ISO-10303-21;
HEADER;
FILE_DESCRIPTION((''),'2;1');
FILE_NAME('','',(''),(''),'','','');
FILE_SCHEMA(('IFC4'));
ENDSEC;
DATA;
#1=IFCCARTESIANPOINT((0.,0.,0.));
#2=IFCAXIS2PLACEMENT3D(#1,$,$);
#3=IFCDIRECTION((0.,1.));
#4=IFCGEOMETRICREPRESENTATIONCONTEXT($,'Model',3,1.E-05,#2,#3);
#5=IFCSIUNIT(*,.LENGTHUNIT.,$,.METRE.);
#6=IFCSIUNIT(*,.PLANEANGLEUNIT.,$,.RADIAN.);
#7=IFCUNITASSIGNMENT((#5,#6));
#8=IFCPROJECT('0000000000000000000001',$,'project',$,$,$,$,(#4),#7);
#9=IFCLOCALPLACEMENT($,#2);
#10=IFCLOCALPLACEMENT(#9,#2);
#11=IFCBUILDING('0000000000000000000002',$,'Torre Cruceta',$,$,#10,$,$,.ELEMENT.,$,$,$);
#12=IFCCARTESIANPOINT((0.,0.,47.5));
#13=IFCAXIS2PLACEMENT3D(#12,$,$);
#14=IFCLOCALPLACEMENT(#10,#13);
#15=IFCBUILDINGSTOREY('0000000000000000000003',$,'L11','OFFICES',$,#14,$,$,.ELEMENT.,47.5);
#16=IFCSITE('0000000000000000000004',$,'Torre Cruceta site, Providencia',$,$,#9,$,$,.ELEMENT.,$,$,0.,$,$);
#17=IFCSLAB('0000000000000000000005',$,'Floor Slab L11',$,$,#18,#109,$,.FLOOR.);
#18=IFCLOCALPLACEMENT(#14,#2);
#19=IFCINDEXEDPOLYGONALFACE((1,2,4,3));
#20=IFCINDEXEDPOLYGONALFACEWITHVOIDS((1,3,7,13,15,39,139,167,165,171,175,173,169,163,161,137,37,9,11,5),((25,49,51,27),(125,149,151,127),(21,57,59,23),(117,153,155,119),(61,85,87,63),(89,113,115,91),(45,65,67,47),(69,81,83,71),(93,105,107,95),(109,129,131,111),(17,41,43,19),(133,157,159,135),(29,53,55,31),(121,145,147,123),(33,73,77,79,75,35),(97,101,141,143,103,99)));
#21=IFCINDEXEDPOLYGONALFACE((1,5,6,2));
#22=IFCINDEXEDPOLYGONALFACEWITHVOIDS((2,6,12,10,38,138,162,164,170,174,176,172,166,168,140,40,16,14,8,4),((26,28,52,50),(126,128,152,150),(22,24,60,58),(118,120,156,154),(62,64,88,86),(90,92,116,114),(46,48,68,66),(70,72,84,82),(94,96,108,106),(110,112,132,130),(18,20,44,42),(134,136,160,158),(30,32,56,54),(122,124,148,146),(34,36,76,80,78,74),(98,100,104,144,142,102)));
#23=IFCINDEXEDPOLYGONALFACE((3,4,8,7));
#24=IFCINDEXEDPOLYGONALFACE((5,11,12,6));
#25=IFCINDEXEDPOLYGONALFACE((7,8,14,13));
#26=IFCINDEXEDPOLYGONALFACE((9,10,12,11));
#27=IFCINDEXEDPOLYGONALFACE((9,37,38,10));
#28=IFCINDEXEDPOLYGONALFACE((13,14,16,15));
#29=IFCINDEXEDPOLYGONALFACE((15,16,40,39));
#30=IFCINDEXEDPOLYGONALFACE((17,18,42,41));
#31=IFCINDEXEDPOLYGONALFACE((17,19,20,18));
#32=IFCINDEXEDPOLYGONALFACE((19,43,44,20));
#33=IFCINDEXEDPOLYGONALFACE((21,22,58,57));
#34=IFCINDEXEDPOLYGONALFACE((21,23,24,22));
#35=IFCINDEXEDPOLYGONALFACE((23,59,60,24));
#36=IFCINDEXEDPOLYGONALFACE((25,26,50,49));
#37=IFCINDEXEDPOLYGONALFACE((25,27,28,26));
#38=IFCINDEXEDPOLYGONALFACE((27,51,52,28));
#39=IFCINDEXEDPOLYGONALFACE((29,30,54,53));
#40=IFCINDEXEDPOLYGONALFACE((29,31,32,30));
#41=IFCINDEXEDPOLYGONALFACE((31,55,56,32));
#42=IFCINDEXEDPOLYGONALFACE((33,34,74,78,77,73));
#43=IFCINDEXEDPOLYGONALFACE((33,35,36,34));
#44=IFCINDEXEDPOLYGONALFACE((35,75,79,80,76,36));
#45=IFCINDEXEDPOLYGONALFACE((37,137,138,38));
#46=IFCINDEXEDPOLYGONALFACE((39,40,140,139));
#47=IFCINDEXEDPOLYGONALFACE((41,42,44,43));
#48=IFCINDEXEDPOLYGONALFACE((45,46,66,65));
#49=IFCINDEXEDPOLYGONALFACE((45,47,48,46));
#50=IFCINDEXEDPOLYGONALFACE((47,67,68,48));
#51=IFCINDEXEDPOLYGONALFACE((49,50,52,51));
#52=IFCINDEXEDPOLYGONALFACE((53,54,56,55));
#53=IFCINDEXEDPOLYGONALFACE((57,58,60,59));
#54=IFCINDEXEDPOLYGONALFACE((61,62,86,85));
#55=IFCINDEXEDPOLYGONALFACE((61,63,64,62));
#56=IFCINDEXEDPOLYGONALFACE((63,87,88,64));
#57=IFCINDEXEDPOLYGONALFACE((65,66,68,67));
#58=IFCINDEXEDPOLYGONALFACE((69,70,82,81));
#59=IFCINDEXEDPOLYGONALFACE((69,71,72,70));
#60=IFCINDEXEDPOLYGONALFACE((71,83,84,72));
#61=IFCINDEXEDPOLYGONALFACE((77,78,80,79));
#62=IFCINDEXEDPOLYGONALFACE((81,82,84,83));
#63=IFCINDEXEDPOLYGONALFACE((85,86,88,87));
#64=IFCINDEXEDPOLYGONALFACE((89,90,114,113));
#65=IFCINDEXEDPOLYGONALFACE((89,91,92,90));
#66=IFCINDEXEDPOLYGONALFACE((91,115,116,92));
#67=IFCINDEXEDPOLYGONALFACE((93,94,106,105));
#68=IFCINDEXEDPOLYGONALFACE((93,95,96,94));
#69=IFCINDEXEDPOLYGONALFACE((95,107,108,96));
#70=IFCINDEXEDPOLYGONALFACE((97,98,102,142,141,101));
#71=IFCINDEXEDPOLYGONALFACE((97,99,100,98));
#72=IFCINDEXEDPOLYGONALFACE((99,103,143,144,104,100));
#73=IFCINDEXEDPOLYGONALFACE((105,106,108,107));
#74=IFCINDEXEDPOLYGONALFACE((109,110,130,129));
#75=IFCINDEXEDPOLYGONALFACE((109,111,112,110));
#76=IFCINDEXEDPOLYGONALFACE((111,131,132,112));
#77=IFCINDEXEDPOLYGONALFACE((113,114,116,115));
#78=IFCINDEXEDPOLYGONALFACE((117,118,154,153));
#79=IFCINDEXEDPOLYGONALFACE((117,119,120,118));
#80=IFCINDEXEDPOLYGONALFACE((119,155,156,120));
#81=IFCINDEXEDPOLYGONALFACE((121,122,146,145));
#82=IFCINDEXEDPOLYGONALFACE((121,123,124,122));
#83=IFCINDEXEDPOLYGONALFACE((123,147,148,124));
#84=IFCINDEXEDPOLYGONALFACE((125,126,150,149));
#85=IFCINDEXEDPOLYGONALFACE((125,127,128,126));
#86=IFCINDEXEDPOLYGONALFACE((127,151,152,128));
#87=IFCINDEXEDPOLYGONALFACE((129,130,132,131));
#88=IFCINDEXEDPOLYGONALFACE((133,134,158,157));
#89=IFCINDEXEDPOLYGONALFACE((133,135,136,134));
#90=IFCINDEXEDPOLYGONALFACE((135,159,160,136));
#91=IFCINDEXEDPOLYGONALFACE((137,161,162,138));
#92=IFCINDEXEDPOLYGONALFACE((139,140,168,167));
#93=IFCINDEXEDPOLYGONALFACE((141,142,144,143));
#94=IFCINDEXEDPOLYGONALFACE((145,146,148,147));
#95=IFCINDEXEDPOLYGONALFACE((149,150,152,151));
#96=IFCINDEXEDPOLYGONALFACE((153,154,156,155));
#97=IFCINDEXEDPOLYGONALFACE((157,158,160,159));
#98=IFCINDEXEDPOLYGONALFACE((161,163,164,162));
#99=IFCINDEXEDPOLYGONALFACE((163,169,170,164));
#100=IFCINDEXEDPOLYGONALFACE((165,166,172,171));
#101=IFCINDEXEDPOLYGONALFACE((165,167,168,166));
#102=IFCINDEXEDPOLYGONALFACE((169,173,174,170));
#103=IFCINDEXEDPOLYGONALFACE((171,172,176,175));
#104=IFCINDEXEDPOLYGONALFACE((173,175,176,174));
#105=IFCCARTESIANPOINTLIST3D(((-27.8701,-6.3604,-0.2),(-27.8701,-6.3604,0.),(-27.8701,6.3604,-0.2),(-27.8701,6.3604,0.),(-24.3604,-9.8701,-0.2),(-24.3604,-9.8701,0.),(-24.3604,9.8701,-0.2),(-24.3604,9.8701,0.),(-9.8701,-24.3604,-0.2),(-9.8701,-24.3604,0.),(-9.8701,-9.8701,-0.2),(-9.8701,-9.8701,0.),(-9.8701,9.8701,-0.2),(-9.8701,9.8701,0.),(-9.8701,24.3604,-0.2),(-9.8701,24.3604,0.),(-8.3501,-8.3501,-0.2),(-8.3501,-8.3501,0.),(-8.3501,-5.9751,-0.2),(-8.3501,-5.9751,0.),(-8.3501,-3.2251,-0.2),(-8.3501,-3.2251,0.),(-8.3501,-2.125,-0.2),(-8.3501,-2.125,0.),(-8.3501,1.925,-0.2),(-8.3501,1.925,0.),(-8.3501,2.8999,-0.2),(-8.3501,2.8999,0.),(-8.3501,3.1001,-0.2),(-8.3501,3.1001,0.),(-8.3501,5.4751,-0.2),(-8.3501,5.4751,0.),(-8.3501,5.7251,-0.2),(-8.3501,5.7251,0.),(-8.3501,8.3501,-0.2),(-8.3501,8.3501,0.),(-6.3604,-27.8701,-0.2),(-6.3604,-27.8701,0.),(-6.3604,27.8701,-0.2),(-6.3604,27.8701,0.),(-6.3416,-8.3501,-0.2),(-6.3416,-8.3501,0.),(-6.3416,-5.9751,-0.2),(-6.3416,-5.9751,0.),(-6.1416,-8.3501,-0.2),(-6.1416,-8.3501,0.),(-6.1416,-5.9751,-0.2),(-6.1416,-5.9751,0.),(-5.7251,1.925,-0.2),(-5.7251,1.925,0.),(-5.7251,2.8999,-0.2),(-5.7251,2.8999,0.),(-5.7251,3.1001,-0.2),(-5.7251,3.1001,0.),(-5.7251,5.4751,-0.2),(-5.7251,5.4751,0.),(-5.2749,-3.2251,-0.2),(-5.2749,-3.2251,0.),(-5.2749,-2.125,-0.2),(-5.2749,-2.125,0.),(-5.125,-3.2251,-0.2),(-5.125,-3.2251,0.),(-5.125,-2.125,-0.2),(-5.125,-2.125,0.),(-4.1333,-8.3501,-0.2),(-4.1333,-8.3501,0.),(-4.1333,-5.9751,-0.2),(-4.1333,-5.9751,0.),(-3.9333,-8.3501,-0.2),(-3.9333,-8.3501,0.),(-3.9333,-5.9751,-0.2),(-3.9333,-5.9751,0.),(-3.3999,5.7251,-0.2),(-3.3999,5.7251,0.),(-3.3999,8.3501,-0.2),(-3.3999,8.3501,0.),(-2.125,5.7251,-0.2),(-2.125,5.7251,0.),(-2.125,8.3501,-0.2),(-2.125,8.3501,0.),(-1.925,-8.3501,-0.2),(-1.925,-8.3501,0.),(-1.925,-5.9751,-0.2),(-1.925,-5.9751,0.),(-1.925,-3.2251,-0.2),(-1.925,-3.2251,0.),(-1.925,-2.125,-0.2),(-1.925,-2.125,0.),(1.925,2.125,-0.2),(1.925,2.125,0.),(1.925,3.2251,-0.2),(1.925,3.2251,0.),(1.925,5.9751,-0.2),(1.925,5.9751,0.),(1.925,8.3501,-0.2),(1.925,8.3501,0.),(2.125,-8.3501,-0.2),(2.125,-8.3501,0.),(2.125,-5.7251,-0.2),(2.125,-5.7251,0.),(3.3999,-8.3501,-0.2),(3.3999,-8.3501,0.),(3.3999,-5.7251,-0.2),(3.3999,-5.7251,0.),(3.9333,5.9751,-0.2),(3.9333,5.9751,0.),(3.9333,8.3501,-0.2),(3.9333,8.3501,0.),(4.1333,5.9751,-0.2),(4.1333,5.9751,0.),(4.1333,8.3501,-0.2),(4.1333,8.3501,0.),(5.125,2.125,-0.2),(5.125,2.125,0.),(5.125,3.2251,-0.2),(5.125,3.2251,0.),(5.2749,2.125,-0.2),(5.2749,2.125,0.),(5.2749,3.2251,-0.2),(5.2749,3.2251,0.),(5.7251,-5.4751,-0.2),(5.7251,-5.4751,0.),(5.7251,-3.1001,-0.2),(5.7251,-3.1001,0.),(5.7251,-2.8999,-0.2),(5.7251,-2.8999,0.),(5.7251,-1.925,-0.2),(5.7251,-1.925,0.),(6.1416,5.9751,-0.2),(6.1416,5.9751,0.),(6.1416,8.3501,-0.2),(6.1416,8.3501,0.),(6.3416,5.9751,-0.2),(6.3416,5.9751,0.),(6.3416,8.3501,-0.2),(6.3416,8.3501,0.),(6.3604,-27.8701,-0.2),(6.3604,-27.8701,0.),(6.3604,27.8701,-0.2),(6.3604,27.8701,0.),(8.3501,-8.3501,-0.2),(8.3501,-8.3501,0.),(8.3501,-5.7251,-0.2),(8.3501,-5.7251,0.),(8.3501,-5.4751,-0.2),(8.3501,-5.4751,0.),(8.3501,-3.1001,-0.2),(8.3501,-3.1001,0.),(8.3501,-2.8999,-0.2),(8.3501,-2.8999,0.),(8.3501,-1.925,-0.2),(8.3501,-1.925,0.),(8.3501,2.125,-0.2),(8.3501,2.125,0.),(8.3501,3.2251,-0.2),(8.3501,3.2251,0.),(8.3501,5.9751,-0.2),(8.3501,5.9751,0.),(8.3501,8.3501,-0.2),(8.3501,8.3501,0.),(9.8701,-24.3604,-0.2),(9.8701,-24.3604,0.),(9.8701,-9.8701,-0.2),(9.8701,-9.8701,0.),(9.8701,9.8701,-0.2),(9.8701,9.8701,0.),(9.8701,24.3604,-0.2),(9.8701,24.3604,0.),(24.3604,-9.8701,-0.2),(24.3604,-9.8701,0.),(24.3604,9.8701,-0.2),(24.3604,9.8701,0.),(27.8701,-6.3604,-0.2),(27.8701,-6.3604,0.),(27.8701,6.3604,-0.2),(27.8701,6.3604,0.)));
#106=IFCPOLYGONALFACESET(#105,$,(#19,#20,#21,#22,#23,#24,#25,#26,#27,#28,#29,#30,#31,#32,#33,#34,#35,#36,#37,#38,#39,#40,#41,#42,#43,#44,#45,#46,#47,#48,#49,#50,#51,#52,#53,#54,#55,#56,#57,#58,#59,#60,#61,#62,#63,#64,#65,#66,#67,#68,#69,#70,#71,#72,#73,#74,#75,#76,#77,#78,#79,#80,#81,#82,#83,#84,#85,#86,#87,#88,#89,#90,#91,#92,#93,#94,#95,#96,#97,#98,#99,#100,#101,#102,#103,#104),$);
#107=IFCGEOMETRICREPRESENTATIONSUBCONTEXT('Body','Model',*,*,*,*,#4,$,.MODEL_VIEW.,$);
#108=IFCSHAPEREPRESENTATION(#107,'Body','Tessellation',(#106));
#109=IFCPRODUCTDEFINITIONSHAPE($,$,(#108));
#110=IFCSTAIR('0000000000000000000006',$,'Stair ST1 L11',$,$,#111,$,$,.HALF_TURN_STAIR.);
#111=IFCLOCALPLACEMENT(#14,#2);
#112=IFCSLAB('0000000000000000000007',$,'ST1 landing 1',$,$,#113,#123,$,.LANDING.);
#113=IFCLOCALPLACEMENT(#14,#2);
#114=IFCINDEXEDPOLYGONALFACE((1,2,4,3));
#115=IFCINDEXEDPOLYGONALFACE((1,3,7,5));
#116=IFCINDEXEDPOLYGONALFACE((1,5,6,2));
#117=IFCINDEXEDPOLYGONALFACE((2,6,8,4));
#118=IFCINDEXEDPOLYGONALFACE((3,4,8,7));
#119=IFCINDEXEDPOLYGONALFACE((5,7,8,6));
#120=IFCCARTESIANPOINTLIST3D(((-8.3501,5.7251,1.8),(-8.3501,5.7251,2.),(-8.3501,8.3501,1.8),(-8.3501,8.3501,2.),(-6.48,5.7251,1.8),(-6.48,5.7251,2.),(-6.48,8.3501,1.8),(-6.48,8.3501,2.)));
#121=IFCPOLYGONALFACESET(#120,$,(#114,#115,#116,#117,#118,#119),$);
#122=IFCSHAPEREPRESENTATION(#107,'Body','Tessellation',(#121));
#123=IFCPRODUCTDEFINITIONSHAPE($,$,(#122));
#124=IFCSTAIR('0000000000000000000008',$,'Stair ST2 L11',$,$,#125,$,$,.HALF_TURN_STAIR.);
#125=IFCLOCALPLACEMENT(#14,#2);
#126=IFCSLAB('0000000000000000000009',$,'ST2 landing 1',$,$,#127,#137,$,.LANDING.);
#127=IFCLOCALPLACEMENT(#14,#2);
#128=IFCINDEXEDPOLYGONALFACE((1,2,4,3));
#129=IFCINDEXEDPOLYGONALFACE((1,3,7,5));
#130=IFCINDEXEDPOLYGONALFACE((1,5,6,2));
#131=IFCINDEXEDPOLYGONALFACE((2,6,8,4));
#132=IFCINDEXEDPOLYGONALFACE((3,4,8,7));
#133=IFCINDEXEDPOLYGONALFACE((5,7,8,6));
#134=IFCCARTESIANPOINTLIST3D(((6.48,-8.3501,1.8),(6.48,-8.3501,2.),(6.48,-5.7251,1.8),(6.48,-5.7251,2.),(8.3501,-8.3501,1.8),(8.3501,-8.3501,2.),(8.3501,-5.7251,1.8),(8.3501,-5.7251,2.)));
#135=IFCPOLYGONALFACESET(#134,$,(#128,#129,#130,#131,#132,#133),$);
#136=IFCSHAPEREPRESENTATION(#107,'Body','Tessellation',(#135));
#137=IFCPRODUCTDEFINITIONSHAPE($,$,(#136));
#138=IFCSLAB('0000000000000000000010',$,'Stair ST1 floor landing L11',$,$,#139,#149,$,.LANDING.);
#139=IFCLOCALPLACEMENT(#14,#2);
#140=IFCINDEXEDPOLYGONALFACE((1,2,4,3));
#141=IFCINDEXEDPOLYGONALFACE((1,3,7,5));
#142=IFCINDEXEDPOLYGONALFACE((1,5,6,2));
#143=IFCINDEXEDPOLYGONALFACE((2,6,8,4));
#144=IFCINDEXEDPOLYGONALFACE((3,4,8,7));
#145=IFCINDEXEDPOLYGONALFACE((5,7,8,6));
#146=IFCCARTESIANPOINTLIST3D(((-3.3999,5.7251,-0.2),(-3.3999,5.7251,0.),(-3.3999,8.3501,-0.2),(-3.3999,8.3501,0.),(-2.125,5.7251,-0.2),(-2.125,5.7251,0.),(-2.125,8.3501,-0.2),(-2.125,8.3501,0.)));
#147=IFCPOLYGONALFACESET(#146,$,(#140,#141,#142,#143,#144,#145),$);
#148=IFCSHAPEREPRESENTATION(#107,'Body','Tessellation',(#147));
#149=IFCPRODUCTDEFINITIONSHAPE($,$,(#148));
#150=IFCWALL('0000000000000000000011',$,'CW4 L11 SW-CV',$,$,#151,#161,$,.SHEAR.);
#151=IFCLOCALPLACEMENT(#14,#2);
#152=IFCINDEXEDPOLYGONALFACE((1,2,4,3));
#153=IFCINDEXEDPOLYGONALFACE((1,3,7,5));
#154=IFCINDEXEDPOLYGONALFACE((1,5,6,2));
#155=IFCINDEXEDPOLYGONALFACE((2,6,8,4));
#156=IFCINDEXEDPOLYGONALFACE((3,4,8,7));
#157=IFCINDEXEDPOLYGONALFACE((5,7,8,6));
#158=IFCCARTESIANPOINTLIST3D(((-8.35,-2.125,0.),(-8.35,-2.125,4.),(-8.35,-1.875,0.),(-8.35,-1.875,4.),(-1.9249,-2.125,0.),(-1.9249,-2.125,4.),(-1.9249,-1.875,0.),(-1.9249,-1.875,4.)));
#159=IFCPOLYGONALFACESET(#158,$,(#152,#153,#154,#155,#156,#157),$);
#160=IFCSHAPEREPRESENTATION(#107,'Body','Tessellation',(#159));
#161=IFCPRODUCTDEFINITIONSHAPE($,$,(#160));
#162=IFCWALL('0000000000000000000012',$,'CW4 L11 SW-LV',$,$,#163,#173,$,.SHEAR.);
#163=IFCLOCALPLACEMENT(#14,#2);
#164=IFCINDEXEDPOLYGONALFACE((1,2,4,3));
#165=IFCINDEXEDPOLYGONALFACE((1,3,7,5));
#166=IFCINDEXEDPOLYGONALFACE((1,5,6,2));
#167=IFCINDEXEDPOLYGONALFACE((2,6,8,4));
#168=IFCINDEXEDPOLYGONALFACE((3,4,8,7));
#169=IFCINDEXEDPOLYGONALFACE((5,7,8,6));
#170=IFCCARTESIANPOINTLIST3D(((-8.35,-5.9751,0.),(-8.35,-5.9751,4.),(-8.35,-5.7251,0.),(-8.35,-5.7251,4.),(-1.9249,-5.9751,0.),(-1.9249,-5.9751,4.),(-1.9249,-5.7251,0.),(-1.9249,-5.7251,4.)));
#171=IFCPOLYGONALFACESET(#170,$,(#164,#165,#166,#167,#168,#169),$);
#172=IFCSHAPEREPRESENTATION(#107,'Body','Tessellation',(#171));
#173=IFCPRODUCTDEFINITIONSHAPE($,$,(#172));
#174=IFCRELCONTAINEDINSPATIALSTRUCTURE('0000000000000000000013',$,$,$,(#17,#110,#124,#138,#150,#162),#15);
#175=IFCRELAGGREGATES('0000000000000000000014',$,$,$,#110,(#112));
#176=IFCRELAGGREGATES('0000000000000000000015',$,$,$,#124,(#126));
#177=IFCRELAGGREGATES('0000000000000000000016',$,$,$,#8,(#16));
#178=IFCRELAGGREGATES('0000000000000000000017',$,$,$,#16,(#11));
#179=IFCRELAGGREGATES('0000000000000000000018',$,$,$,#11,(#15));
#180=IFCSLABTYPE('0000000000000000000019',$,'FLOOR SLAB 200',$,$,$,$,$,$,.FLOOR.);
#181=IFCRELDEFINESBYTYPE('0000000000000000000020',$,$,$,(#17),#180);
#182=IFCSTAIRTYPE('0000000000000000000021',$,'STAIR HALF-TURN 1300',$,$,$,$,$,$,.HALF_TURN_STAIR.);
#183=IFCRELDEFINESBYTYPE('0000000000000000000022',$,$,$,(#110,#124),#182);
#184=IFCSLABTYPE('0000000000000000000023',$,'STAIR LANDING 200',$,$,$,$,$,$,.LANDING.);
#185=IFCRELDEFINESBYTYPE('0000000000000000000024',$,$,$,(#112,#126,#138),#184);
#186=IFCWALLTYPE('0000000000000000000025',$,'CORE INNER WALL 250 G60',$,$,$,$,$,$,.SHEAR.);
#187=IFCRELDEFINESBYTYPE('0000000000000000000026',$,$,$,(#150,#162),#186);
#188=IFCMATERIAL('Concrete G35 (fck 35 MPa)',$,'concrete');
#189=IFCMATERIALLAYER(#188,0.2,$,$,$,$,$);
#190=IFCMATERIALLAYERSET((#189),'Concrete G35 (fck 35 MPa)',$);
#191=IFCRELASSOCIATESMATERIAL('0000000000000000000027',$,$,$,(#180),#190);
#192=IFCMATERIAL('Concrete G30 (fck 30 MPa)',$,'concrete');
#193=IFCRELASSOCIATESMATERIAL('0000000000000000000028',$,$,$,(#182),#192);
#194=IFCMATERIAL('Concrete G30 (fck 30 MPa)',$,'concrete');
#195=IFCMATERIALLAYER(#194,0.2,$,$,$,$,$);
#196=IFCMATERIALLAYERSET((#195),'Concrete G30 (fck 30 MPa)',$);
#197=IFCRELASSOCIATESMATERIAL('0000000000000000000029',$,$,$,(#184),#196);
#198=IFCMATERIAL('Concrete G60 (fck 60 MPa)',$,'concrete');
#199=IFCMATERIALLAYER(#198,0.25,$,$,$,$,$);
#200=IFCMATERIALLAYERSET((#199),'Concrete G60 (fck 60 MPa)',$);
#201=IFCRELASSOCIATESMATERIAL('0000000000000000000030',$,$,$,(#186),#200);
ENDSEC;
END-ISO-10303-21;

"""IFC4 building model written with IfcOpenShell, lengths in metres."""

from ifc_helpers import new_model, si_unit, direction, frame, frame_2d, origin, place, context, subcontext, project, spatial, polyline, rectangle, outline, extrude, material, layer, layer_set, type_object, element, aggregate, save


model = new_model("IFC4")

# Units and contexts
model_context = context("Model", 3, precision=1e-05, world=origin(), true_north=direction((0.0, 1.0)))
body_context = subcontext(model_context, "Body", "Model", "MODEL_VIEW")
ifc_project = project(units=[si_unit("LENGTHUNIT", "METRE"), si_unit("PLANEANGLEUNIT", "RADIAN")], contexts=[model_context])

# Site, building, storey
site_placement = place(None, origin())
site = spatial("IfcSite", under=ifc_project, at=site_placement, Name="Torre Cruceta site, Providencia", CompositionType="ELEMENT", RefElevation=0.0)
building_placement = place(site_placement, origin())
building = spatial("IfcBuilding", under=site, at=building_placement, Name="Torre Cruceta", CompositionType="ELEMENT")
storey_placement = place(building_placement, frame((0.0, 0.0, 47.5)))
storey = spatial("IfcBuildingStorey", under=building, at=storey_placement, Name="L11", Description="OFFICES", CompositionType="ELEMENT", Elevation=47.5)

# Slab
ifc_material_1 = material(Name="Concrete G35 (fck 35 MPa)", Category="concrete")
ifc_layer_1 = layer(ifc_material_1, 0.2)
ifc_layer_set_1 = layer_set([ifc_layer_1], Name="Concrete G35 (fck 35 MPa)")
slab_type_1 = type_object("IfcSlabType", Name="FLOOR SLAB 200", PredefinedType="FLOOR", material=ifc_layer_set_1)
slab_1_placement = place(storey_placement, frame((0.0, 0.0, -0.2)))
element("IfcSlab", 1, at=slab_1_placement, inside=storey, type_object=slab_type_1, Name="Floor Slab L11", PredefinedType="FLOOR", context=body_context, shape_type="SweptSolid", body=[
    extrude(outline(polyline([(9.8701, -9.8701), (9.8701, -24.3604), (6.3604, -27.8701), (-6.3604, -27.8701), (-9.8701, -24.3604), (-9.8701, -9.8701), (-24.3604, -9.8701), (-27.8701, -6.3604), (-27.8701, 6.3604), (-24.3604, 9.8701), (-9.8701, 9.8701), (-9.8701, 24.3604), (-6.3604, 27.8701), (6.3604, 27.8701), (9.8701, 24.3604), (9.8701, 9.8701), (24.3604, 9.8701), (27.8701, 6.3604), (27.8701, -6.3604), (24.3604, -9.8701), (9.8701, -9.8701)]), holes=[polyline([(1.925, 5.9751), (3.9333, 5.9751), (3.9333, 8.3501), (1.925, 8.3501), (1.925, 5.9751)]), polyline([(4.1333, 5.9751), (6.1416, 5.9751), (6.1416, 8.3501), (4.1333, 8.3501), (4.1333, 5.9751)]), polyline([(6.3416, 5.9751), (8.3501, 5.9751), (8.3501, 8.3501), (6.3416, 8.3501), (6.3416, 5.9751)]), polyline([(1.925, 2.125), (5.125, 2.125), (5.125, 3.2251), (1.925, 3.2251), (1.925, 2.125)]), polyline([(5.2749, 2.125), (8.3501, 2.125), (8.3501, 3.2251), (5.2749, 3.2251), (5.2749, 2.125)]), polyline([(-8.3501, 3.1001), (-5.7251, 3.1001), (-5.7251, 5.4751), (-8.3501, 5.4751), (-8.3501, 3.1001)]), polyline([(-8.3501, 1.925), (-5.7251, 1.925), (-5.7251, 2.8999), (-8.3501, 2.8999), (-8.3501, 1.925)]), polyline([(-3.9333, -8.3501), (-1.925, -8.3501), (-1.925, -5.9751), (-3.9333, -5.9751), (-3.9333, -8.3501)]), polyline([(-6.1416, -8.3501), (-4.1333, -8.3501), (-4.1333, -5.9751), (-6.1416, -5.9751), (-6.1416, -8.3501)]), polyline([(-8.3501, -8.3501), (-6.3416, -8.3501), (-6.3416, -5.9751), (-8.3501, -5.9751), (-8.3501, -8.3501)]), polyline([(-5.125, -3.2251), (-1.925, -3.2251), (-1.925, -2.125), (-5.125, -2.125), (-5.125, -3.2251)]), polyline([(-8.3501, -3.2251), (-5.2749, -3.2251), (-5.2749, -2.125), (-8.3501, -2.125), (-8.3501, -3.2251)]), polyline([(5.7251, -5.4751), (8.3501, -5.4751), (8.3501, -3.1001), (5.7251, -3.1001), (5.7251, -5.4751)]), polyline([(5.7251, -2.8999), (8.3501, -2.8999), (8.3501, -1.925), (5.7251, -1.925), (5.7251, -2.8999)]), polyline([(-8.3501, 5.7251), (-8.3501, 8.3501), (-3.3999, 8.3501), (-2.125, 8.3501), (-2.125, 5.7251), (-3.3999, 5.7251), (-8.3501, 5.7251)]), polyline([(2.125, -5.7251), (3.3999, -5.7251), (8.3501, -5.7251), (8.3501, -8.3501), (3.3999, -8.3501), (2.125, -8.3501), (2.125, -5.7251)])]), origin(), (0.0, 0.0, 1.0), 0.2),
])

# Stairs, slabs
ifc_material_2 = material(Name="Concrete G30 (fck 30 MPa)", Category="concrete")
stair_type = type_object("IfcStairType", Name="STAIR HALF-TURN 1300", PredefinedType="HALF_TURN_STAIR", material=ifc_material_2)
stair_1_placement = place(storey_placement, origin())
stair_1 = element("IfcStair", 2, at=stair_1_placement, inside=storey, type_object=stair_type, Name="Stair ST1 L11", PredefinedType="HALF_TURN_STAIR")
ifc_material_3 = material(Name="Concrete G30 (fck 30 MPa)", Category="concrete")
ifc_layer_2 = layer(ifc_material_3, 0.2)
ifc_layer_set_2 = layer_set([ifc_layer_2], Name="Concrete G30 (fck 30 MPa)")
slab_type_2 = type_object("IfcSlabType", Name="STAIR LANDING 200", PredefinedType="LANDING", material=ifc_layer_set_2)
slab_2_placement = place(storey_placement, frame((0.0, 0.0, 1.8)))
slab_2 = element("IfcSlab", 3, at=slab_2_placement, type_object=slab_type_2, Name="ST1 landing 1", PredefinedType="LANDING", context=body_context, shape_type="SweptSolid", body=[
    extrude(outline(polyline([(-8.3501, 5.7251), (-6.48, 5.7251), (-6.48, 8.3501), (-8.3501, 8.3501), (-8.3501, 5.7251)])), origin(), (0.0, 0.0, 1.0), 0.2),
])
aggregate(stair_1, [slab_2])
stair_2_placement = place(storey_placement, origin())
stair_2 = element("IfcStair", 4, at=stair_2_placement, inside=storey, type_object=stair_type, Name="Stair ST2 L11", PredefinedType="HALF_TURN_STAIR")
slab_3_placement = place(storey_placement, frame((0.0, 0.0, 1.8)))
slab_3 = element("IfcSlab", 5, at=slab_3_placement, type_object=slab_type_2, Name="ST2 landing 1", PredefinedType="LANDING", context=body_context, shape_type="SweptSolid", body=[
    extrude(outline(polyline([(6.48, -8.3501), (8.3501, -8.3501), (8.3501, -5.7251), (6.48, -5.7251), (6.48, -8.3501)])), origin(), (0.0, 0.0, 1.0), 0.2),
])
aggregate(stair_2, [slab_3])

# Slab
slab_4_placement = place(storey_placement, frame((0.0, 0.0, -0.2)))
element("IfcSlab", 6, at=slab_4_placement, inside=storey, type_object=slab_type_2, Name="Stair ST1 floor landing L11", PredefinedType="LANDING", context=body_context, shape_type="SweptSolid", body=[
    extrude(outline(polyline([(-2.125, 8.3501), (-2.125, 5.7251), (-3.3999, 5.7251), (-3.3999, 8.3501), (-2.125, 8.3501)])), origin(), (0.0, 0.0, 1.0), 0.2),
])

# Shared definitions
ifc_material_4 = material(Name="Concrete G60 (fck 60 MPa)", Category="concrete")
ifc_layer_3 = layer(ifc_material_4, 0.25)
ifc_layer_set_3 = layer_set([ifc_layer_3], Name="Concrete G60 (fck 60 MPa)")
wall_type_1 = type_object("IfcWallType", Name="CORE INNER WALL 250 G60", PredefinedType="SHEAR", material=ifc_layer_set_3)

# Walls
for number, where, z_axis, x_axis, name in (
    (7, (-1.925, -2.0, 0.0), (0.0, 0.0, 1.0), (-1.0, 0.0, 0.0), "CW4 L11 SW-CV"),
    (8, (-1.925, -5.8501, 0.0), (0.0, 0.0, 1.0), (-1.0, 0.0, 0.0), "CW4 L11 SW-LV"),
):
    element("IfcWall", number, at=place(storey_placement, frame(where, z_axis=z_axis, x_axis=x_axis)), inside=storey, type_object=wall_type_1, Name=name, PredefinedType="SHEAR", context=body_context, shape_type="SweptSolid", body=[
        extrude(rectangle(XDim=6.425, YDim=0.25, at=frame_2d((3.2124, 0.0))), origin(), (0.0, 0.0, 1.0), 4.0),
    ])

save(model, "model.ifc")
